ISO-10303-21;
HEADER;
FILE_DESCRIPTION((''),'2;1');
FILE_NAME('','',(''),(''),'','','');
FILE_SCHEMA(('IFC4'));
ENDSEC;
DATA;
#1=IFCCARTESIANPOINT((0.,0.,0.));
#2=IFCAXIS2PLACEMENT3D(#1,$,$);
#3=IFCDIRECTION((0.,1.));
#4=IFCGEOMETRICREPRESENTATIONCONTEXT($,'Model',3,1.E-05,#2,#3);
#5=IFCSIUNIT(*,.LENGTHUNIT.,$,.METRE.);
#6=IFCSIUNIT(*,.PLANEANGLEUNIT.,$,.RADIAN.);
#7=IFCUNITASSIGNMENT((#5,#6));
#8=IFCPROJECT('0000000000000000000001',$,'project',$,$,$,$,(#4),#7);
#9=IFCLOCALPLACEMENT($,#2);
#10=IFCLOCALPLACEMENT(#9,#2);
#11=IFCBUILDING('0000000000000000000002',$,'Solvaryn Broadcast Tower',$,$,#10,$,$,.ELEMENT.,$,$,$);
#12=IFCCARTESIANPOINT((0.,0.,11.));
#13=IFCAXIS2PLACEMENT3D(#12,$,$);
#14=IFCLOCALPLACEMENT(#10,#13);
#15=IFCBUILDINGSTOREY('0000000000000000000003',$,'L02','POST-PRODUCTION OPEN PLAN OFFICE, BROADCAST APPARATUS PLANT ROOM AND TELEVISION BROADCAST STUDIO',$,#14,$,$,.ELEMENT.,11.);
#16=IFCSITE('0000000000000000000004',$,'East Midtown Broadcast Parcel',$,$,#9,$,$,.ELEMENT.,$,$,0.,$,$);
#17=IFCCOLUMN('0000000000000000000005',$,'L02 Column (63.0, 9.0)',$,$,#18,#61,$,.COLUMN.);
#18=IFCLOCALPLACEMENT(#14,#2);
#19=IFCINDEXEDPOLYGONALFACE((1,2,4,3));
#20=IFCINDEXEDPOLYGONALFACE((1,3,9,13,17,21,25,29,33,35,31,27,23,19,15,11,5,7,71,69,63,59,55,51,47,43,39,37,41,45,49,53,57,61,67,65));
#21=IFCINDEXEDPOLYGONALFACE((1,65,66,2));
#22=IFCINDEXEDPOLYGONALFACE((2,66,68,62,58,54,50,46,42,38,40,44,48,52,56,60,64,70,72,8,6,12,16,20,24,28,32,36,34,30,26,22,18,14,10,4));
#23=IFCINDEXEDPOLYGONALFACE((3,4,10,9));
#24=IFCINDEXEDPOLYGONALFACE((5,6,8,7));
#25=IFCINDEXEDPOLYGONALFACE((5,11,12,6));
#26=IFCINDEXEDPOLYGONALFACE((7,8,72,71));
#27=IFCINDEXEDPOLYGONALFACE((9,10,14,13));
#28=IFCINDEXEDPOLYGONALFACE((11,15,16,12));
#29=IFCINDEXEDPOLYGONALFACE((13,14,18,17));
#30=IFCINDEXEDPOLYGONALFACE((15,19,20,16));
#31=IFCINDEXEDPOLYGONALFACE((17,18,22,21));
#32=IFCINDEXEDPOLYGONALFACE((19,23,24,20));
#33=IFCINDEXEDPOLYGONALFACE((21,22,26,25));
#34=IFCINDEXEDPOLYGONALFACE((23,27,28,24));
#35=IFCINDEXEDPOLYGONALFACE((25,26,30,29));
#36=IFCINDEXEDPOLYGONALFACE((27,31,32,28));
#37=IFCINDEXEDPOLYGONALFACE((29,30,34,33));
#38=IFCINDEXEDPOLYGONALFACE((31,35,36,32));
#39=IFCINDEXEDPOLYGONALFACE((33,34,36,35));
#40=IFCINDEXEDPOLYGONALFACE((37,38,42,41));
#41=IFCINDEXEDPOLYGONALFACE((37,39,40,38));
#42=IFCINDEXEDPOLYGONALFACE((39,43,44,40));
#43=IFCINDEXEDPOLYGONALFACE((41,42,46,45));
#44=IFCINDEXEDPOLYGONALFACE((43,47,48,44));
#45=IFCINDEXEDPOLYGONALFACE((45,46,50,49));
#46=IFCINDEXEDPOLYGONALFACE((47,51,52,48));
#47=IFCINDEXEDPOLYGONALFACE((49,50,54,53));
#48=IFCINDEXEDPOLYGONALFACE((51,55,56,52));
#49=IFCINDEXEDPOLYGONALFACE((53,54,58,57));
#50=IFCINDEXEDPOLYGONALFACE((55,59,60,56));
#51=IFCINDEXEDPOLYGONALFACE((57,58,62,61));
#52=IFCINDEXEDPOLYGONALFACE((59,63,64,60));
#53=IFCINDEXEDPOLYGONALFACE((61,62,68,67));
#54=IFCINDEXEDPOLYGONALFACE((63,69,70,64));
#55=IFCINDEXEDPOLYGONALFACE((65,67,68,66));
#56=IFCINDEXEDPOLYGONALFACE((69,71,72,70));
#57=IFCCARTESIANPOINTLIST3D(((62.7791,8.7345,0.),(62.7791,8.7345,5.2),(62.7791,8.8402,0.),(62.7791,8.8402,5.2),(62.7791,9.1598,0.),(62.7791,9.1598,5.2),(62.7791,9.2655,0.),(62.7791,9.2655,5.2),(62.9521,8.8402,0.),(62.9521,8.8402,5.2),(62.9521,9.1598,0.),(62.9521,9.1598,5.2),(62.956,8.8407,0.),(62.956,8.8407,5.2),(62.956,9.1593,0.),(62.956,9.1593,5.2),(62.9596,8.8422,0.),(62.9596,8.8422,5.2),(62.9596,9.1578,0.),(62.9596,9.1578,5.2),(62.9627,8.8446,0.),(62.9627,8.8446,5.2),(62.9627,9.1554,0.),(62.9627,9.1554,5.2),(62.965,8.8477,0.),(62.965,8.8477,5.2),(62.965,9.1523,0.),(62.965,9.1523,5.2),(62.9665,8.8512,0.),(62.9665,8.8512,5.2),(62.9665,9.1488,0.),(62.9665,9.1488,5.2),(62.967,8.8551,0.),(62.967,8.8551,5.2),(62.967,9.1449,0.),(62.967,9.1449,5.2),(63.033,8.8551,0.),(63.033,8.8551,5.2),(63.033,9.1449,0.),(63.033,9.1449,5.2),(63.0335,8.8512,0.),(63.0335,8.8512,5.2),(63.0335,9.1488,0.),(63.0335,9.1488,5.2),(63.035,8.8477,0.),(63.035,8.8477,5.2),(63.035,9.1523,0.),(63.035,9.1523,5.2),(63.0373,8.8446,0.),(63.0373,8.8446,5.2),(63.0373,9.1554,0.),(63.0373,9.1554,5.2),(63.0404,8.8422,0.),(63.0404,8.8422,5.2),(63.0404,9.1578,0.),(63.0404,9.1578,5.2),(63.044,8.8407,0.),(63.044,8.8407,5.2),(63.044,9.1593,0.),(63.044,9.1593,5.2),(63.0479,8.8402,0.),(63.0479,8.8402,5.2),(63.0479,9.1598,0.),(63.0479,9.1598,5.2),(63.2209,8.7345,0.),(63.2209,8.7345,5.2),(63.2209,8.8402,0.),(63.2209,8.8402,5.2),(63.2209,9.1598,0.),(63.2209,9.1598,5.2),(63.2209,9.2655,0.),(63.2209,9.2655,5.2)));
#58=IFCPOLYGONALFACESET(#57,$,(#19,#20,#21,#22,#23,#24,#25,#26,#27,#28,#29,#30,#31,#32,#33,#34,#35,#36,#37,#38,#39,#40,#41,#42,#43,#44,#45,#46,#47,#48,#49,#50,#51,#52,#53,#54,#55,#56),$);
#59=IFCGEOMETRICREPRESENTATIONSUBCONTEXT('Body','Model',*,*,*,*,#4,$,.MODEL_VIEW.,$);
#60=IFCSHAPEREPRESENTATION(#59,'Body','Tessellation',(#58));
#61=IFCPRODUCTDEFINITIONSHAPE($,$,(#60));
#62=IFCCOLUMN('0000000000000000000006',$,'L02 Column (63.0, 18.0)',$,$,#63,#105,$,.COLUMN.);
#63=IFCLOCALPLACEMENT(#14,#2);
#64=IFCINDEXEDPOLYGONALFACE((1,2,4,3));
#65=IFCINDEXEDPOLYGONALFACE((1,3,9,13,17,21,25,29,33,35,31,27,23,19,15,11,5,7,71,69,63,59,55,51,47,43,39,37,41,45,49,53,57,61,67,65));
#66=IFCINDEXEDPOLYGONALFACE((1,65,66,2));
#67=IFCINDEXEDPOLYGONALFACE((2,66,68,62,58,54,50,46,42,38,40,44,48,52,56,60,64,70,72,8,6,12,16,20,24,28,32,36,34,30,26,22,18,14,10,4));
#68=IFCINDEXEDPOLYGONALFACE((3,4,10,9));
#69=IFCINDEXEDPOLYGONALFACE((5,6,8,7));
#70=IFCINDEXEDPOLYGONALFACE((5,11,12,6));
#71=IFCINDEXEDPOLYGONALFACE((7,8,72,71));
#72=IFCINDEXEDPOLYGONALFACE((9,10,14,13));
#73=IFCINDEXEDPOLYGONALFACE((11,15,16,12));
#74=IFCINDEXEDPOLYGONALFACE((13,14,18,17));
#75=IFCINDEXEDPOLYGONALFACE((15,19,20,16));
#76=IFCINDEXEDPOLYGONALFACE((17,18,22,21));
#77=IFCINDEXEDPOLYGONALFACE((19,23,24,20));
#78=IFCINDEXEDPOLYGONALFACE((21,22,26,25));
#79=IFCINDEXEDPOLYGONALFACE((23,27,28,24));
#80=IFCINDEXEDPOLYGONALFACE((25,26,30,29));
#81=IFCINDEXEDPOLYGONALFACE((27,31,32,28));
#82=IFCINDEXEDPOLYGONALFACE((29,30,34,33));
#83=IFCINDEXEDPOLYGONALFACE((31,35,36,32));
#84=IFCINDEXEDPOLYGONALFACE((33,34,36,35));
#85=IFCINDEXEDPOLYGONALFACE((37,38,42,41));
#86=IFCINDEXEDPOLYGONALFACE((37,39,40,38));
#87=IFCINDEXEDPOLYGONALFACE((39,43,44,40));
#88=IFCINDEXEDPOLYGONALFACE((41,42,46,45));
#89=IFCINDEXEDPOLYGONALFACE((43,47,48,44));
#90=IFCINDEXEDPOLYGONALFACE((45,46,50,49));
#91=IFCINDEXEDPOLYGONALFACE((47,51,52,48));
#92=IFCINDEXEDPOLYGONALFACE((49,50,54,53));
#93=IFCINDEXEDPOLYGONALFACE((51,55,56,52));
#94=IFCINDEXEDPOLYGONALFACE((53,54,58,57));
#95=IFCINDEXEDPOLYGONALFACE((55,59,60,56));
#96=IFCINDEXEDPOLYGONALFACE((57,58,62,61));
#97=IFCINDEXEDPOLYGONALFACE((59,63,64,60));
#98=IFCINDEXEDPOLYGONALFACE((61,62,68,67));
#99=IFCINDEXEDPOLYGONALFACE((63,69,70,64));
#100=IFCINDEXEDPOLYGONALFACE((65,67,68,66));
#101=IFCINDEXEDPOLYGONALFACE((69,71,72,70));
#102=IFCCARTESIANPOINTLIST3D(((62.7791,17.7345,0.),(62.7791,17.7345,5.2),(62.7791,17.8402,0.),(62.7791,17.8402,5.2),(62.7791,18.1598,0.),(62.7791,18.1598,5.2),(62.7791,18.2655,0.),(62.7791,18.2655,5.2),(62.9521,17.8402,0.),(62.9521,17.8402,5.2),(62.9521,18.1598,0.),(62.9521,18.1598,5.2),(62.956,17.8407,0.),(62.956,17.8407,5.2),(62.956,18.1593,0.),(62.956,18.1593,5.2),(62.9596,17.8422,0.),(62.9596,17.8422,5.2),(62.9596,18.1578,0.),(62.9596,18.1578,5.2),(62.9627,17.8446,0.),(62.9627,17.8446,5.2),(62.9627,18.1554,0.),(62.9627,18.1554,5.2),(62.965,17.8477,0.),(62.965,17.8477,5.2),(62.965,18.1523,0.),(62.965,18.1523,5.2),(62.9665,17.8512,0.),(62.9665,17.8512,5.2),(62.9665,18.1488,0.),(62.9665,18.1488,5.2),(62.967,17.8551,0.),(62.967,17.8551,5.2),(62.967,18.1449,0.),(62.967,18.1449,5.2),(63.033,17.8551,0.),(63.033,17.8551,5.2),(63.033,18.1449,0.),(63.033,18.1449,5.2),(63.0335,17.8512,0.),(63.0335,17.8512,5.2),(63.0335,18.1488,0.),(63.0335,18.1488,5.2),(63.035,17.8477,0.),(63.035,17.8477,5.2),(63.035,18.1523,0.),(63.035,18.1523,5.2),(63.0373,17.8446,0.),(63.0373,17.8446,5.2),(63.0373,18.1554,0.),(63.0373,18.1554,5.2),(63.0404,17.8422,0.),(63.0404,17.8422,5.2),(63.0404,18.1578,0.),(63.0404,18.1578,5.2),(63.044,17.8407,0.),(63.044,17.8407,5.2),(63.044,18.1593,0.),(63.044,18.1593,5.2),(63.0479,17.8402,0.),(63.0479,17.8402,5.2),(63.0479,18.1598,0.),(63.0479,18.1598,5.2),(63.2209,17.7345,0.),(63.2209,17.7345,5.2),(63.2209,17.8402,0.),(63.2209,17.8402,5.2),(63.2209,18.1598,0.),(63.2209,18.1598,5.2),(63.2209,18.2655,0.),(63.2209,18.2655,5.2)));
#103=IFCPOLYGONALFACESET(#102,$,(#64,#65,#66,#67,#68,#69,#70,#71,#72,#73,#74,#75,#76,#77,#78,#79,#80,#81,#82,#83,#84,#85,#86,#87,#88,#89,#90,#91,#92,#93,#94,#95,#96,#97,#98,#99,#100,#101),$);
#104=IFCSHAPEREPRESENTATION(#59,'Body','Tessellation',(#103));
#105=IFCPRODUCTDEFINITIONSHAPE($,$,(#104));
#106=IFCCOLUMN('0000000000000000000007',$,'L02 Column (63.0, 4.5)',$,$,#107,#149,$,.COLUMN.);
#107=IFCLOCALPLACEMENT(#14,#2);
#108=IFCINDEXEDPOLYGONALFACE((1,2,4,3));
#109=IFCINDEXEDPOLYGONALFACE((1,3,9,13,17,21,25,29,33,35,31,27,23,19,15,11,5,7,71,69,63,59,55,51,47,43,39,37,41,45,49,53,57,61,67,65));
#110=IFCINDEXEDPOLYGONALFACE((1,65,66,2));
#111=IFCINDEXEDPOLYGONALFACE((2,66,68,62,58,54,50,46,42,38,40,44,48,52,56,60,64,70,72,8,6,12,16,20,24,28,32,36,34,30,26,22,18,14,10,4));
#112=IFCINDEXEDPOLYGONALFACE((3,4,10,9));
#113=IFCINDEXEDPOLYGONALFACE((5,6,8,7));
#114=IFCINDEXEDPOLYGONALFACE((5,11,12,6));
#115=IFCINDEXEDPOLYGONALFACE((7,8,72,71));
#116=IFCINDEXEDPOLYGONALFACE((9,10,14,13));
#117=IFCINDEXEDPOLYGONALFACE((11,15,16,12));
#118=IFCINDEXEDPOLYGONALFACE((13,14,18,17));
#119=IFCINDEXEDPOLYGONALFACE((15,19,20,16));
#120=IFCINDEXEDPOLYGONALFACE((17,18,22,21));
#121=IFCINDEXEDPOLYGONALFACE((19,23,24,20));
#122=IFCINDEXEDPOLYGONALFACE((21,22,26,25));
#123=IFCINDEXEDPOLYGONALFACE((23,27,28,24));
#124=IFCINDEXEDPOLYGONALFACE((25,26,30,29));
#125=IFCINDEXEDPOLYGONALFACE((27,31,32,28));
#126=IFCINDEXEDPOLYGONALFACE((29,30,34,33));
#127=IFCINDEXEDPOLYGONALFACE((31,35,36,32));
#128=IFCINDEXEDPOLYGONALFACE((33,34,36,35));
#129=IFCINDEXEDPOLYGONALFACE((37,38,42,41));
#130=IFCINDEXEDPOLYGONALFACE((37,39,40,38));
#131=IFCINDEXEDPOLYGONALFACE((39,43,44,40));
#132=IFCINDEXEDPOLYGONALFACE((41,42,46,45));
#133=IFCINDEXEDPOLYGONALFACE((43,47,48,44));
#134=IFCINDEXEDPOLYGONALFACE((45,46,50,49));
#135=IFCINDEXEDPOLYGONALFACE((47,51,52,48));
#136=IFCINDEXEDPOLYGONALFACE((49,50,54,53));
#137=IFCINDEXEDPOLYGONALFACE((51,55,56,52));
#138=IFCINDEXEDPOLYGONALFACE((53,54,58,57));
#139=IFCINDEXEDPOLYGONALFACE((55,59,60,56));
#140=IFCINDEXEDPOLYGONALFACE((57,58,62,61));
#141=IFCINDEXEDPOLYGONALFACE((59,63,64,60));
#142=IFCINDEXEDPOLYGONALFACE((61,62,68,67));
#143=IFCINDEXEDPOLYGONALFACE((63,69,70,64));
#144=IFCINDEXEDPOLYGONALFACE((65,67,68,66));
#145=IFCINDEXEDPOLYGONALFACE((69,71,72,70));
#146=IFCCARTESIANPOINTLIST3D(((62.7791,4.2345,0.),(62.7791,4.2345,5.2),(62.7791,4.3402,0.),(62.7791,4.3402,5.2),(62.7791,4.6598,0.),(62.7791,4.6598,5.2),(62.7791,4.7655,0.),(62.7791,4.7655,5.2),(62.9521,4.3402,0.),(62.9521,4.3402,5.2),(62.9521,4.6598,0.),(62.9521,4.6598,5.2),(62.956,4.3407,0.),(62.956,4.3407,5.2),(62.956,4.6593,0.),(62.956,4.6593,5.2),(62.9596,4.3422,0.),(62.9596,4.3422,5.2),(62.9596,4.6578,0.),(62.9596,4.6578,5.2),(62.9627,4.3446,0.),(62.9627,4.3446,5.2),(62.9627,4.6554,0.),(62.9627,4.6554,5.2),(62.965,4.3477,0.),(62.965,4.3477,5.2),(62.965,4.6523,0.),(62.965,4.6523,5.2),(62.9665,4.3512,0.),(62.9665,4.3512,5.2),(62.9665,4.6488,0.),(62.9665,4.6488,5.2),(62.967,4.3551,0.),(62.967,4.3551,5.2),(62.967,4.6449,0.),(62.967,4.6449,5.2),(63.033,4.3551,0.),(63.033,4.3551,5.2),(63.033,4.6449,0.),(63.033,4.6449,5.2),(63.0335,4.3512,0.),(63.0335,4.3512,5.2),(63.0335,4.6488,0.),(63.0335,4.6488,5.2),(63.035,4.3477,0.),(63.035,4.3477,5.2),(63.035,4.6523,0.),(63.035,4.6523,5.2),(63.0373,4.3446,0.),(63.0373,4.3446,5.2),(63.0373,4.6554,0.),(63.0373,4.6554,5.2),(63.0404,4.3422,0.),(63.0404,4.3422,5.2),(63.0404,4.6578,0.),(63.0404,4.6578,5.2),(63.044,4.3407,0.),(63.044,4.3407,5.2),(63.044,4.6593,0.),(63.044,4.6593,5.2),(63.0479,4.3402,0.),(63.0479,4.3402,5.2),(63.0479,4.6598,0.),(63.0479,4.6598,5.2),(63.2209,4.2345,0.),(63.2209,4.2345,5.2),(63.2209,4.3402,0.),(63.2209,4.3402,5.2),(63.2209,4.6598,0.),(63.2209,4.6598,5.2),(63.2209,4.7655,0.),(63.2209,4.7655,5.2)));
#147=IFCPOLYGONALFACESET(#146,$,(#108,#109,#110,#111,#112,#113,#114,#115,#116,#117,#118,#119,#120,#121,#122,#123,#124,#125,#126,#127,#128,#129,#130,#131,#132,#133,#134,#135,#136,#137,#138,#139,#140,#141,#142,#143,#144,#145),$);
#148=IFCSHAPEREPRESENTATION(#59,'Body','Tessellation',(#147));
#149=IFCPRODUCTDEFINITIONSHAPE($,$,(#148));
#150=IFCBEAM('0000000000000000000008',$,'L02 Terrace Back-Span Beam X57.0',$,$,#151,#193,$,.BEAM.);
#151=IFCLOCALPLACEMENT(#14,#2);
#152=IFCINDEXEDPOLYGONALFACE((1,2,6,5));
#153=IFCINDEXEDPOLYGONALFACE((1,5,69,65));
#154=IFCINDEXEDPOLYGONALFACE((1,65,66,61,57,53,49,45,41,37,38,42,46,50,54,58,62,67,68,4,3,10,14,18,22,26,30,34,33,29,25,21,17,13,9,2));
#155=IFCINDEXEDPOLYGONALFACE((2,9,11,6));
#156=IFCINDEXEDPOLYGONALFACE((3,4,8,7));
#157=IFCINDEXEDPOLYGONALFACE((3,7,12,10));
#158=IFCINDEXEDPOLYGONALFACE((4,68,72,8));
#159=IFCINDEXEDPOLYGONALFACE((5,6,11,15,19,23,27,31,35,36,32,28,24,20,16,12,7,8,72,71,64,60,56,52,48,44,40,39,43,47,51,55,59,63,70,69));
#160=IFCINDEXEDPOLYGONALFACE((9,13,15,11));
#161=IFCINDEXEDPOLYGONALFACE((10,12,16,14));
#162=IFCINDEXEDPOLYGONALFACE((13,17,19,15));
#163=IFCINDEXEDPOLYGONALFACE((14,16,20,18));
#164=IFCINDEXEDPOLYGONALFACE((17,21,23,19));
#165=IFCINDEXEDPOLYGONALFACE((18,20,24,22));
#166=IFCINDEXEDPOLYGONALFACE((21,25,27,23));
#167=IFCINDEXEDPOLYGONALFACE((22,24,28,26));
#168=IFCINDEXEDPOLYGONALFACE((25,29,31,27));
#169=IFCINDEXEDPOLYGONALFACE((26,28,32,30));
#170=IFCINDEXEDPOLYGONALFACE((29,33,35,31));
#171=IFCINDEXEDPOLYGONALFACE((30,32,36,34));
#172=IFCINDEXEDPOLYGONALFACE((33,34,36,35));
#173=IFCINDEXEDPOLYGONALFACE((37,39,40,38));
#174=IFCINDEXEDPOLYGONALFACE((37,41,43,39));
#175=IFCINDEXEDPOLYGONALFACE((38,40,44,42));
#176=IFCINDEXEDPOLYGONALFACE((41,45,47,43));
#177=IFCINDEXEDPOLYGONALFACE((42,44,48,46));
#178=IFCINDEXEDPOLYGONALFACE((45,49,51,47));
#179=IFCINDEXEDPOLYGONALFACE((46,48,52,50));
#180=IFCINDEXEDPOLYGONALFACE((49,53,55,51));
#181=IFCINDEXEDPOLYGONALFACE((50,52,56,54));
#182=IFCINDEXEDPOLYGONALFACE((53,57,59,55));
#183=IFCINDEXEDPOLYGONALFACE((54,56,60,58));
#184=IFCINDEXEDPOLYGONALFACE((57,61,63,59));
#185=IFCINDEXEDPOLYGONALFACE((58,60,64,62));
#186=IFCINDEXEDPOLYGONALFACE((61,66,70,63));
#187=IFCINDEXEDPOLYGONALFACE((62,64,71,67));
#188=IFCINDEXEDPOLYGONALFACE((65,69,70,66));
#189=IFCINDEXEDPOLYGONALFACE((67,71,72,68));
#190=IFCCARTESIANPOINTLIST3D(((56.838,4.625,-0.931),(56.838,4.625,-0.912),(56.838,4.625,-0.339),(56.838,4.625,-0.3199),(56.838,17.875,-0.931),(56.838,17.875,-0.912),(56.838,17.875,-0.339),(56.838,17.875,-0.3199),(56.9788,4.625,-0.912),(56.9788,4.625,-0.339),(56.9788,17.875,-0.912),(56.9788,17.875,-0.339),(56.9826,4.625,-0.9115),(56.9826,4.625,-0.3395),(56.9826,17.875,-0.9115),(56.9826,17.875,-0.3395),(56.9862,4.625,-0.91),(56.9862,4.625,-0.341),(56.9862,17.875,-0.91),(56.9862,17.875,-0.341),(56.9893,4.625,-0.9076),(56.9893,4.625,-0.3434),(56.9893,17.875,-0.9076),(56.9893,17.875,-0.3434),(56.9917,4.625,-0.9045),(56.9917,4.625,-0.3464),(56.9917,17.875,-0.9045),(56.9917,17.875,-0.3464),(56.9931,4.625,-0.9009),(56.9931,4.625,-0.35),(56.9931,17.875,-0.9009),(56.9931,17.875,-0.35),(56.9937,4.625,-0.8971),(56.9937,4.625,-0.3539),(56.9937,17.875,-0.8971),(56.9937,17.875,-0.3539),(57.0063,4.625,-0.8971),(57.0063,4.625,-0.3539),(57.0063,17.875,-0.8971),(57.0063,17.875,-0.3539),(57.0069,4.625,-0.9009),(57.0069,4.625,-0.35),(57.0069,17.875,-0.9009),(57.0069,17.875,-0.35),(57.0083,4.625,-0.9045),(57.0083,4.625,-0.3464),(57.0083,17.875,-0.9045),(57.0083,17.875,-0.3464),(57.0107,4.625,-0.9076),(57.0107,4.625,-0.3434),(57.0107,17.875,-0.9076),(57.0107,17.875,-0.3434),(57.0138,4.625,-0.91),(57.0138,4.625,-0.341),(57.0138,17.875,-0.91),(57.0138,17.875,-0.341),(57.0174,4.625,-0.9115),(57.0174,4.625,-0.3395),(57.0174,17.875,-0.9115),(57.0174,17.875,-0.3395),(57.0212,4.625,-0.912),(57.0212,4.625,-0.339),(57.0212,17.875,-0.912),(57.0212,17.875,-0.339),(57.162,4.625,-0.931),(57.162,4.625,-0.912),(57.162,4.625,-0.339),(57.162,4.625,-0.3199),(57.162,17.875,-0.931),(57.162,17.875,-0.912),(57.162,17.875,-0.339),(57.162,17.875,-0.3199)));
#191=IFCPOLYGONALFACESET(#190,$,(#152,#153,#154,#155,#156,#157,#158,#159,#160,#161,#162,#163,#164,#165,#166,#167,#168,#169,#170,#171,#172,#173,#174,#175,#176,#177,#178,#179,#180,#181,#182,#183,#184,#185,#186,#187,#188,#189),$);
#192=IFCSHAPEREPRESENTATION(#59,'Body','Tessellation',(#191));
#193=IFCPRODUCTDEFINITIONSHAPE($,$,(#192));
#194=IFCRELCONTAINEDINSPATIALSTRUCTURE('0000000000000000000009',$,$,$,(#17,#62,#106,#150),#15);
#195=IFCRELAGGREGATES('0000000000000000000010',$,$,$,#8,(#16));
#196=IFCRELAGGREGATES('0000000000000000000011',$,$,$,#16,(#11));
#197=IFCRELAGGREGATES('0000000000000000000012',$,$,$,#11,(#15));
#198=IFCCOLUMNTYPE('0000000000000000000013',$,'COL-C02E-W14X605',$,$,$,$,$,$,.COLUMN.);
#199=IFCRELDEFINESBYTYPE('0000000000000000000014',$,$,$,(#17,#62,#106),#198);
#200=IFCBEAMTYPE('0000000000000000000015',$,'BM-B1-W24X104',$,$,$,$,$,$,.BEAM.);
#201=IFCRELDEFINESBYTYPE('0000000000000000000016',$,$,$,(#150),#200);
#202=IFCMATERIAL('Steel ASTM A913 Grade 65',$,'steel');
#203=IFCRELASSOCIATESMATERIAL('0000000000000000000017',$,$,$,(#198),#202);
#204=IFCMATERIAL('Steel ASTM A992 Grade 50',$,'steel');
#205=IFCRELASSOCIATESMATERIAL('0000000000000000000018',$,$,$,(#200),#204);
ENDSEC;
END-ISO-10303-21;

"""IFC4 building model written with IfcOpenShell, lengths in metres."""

from ifc_helpers import new_model, si_unit, direction, frame, origin, origin_2d, place, context, subcontext, project, spatial, i_section, extrude, material, material_profile, profile_set, type_object, element, save


model = new_model("IFC4")

# Units and contexts
model_context = context("Model", 3, precision=1e-05, world=origin(), true_north=direction((0.0, 1.0)))
body_context = subcontext(model_context, "Body", "Model", "MODEL_VIEW")
ifc_project = project(units=[si_unit("LENGTHUNIT", "METRE"), si_unit("PLANEANGLEUNIT", "RADIAN")], contexts=[model_context])

# Site, building, storey
site_placement = place(None, origin())
site = spatial("IfcSite", under=ifc_project, at=site_placement, Name="East Midtown Broadcast Parcel", CompositionType="ELEMENT", RefElevation=0.0)
building_placement = place(site_placement, origin())
building = spatial("IfcBuilding", under=site, at=building_placement, Name="Solvaryn Broadcast Tower", CompositionType="ELEMENT")
storey_placement = place(building_placement, frame((0.0, 0.0, 11.0)))
storey = spatial("IfcBuildingStorey", under=building, at=storey_placement, Name="L02", Description="POST-PRODUCTION OPEN PLAN OFFICE, BROADCAST APPARATUS PLANT ROOM AND TELEVISION BROADCAST STUDIO", CompositionType="ELEMENT", Elevation=11.0)

# Columns
ifc_material_1 = material(Name="Steel ASTM A913 Grade 65", Category="steel")
ifc_material_profile_1 = material_profile(ifc_material_1, i_section(OverallWidth=0.4419, OverallDepth=0.531, WebThickness=0.0659, FlangeThickness=0.1057, FilletRadius=0.0149, at=origin_2d()))
ifc_profile_set_1 = profile_set([ifc_material_profile_1], Name="Steel ASTM A913 Grade 65")
column_type = type_object("IfcColumnType", Name="COL-C02E-W14X605", PredefinedType="COLUMN", material=ifc_profile_set_1)
for number, where, z_axis, x_axis, name in (
    (1, (63.0, 9.0, 0.0), (0.0, 0.0, 1.0), (1.0, 0.0, 0.0), "L02 Column (63.0, 9.0)"),
    (2, (63.0, 18.0, 0.0), (0.0, 0.0, 1.0), (1.0, 0.0, 0.0), "L02 Column (63.0, 18.0)"),
    (3, (63.0, 4.5, 0.0), (0.0, 0.0, 1.0), (1.0, 0.0, 0.0), "L02 Column (63.0, 4.5)"),
):
    element("IfcColumn", number, at=place(storey_placement, frame(where, z_axis=z_axis, x_axis=x_axis)), inside=storey, type_object=column_type, Name=name, PredefinedType="COLUMN", context=body_context, shape_type="SweptSolid", body=[
        extrude(i_section(OverallWidth=0.4419, OverallDepth=0.531, WebThickness=0.0659, FlangeThickness=0.1057, FilletRadius=0.0149, at=origin_2d()), origin(), (0.0, 0.0, 1.0), 5.2),
    ])

# Beam
ifc_material_2 = material(Name="Steel ASTM A992 Grade 50", Category="steel")
ifc_material_profile_2 = material_profile(ifc_material_2, i_section(OverallWidth=0.324, OverallDepth=0.6111, WebThickness=0.0127, FlangeThickness=0.019, FilletRadius=0.0149, at=origin_2d()))
ifc_profile_set_2 = profile_set([ifc_material_profile_2], Name="Steel ASTM A992 Grade 50")
beam_type_1 = type_object("IfcBeamType", Name="BM-B1-W24X104", PredefinedType="BEAM", material=ifc_profile_set_2)
beam_1_placement = place(storey_placement, frame((57.0, 17.875, -0.6255), z_axis=(0.0, -1.0, 0.0), x_axis=(1.0, 0.0, 0.0)))
element("IfcBeam", 4, at=beam_1_placement, inside=storey, type_object=beam_type_1, Name="L02 Terrace Back-Span Beam X57.0", PredefinedType="BEAM", context=body_context, shape_type="SweptSolid", body=[
    extrude(i_section(OverallWidth=0.324, OverallDepth=0.6111, WebThickness=0.0127, FlangeThickness=0.019, FilletRadius=0.0149, at=origin_2d()), origin(), (0.0, 0.0, 1.0), 13.25),
])

save(model, "model.ifc")
